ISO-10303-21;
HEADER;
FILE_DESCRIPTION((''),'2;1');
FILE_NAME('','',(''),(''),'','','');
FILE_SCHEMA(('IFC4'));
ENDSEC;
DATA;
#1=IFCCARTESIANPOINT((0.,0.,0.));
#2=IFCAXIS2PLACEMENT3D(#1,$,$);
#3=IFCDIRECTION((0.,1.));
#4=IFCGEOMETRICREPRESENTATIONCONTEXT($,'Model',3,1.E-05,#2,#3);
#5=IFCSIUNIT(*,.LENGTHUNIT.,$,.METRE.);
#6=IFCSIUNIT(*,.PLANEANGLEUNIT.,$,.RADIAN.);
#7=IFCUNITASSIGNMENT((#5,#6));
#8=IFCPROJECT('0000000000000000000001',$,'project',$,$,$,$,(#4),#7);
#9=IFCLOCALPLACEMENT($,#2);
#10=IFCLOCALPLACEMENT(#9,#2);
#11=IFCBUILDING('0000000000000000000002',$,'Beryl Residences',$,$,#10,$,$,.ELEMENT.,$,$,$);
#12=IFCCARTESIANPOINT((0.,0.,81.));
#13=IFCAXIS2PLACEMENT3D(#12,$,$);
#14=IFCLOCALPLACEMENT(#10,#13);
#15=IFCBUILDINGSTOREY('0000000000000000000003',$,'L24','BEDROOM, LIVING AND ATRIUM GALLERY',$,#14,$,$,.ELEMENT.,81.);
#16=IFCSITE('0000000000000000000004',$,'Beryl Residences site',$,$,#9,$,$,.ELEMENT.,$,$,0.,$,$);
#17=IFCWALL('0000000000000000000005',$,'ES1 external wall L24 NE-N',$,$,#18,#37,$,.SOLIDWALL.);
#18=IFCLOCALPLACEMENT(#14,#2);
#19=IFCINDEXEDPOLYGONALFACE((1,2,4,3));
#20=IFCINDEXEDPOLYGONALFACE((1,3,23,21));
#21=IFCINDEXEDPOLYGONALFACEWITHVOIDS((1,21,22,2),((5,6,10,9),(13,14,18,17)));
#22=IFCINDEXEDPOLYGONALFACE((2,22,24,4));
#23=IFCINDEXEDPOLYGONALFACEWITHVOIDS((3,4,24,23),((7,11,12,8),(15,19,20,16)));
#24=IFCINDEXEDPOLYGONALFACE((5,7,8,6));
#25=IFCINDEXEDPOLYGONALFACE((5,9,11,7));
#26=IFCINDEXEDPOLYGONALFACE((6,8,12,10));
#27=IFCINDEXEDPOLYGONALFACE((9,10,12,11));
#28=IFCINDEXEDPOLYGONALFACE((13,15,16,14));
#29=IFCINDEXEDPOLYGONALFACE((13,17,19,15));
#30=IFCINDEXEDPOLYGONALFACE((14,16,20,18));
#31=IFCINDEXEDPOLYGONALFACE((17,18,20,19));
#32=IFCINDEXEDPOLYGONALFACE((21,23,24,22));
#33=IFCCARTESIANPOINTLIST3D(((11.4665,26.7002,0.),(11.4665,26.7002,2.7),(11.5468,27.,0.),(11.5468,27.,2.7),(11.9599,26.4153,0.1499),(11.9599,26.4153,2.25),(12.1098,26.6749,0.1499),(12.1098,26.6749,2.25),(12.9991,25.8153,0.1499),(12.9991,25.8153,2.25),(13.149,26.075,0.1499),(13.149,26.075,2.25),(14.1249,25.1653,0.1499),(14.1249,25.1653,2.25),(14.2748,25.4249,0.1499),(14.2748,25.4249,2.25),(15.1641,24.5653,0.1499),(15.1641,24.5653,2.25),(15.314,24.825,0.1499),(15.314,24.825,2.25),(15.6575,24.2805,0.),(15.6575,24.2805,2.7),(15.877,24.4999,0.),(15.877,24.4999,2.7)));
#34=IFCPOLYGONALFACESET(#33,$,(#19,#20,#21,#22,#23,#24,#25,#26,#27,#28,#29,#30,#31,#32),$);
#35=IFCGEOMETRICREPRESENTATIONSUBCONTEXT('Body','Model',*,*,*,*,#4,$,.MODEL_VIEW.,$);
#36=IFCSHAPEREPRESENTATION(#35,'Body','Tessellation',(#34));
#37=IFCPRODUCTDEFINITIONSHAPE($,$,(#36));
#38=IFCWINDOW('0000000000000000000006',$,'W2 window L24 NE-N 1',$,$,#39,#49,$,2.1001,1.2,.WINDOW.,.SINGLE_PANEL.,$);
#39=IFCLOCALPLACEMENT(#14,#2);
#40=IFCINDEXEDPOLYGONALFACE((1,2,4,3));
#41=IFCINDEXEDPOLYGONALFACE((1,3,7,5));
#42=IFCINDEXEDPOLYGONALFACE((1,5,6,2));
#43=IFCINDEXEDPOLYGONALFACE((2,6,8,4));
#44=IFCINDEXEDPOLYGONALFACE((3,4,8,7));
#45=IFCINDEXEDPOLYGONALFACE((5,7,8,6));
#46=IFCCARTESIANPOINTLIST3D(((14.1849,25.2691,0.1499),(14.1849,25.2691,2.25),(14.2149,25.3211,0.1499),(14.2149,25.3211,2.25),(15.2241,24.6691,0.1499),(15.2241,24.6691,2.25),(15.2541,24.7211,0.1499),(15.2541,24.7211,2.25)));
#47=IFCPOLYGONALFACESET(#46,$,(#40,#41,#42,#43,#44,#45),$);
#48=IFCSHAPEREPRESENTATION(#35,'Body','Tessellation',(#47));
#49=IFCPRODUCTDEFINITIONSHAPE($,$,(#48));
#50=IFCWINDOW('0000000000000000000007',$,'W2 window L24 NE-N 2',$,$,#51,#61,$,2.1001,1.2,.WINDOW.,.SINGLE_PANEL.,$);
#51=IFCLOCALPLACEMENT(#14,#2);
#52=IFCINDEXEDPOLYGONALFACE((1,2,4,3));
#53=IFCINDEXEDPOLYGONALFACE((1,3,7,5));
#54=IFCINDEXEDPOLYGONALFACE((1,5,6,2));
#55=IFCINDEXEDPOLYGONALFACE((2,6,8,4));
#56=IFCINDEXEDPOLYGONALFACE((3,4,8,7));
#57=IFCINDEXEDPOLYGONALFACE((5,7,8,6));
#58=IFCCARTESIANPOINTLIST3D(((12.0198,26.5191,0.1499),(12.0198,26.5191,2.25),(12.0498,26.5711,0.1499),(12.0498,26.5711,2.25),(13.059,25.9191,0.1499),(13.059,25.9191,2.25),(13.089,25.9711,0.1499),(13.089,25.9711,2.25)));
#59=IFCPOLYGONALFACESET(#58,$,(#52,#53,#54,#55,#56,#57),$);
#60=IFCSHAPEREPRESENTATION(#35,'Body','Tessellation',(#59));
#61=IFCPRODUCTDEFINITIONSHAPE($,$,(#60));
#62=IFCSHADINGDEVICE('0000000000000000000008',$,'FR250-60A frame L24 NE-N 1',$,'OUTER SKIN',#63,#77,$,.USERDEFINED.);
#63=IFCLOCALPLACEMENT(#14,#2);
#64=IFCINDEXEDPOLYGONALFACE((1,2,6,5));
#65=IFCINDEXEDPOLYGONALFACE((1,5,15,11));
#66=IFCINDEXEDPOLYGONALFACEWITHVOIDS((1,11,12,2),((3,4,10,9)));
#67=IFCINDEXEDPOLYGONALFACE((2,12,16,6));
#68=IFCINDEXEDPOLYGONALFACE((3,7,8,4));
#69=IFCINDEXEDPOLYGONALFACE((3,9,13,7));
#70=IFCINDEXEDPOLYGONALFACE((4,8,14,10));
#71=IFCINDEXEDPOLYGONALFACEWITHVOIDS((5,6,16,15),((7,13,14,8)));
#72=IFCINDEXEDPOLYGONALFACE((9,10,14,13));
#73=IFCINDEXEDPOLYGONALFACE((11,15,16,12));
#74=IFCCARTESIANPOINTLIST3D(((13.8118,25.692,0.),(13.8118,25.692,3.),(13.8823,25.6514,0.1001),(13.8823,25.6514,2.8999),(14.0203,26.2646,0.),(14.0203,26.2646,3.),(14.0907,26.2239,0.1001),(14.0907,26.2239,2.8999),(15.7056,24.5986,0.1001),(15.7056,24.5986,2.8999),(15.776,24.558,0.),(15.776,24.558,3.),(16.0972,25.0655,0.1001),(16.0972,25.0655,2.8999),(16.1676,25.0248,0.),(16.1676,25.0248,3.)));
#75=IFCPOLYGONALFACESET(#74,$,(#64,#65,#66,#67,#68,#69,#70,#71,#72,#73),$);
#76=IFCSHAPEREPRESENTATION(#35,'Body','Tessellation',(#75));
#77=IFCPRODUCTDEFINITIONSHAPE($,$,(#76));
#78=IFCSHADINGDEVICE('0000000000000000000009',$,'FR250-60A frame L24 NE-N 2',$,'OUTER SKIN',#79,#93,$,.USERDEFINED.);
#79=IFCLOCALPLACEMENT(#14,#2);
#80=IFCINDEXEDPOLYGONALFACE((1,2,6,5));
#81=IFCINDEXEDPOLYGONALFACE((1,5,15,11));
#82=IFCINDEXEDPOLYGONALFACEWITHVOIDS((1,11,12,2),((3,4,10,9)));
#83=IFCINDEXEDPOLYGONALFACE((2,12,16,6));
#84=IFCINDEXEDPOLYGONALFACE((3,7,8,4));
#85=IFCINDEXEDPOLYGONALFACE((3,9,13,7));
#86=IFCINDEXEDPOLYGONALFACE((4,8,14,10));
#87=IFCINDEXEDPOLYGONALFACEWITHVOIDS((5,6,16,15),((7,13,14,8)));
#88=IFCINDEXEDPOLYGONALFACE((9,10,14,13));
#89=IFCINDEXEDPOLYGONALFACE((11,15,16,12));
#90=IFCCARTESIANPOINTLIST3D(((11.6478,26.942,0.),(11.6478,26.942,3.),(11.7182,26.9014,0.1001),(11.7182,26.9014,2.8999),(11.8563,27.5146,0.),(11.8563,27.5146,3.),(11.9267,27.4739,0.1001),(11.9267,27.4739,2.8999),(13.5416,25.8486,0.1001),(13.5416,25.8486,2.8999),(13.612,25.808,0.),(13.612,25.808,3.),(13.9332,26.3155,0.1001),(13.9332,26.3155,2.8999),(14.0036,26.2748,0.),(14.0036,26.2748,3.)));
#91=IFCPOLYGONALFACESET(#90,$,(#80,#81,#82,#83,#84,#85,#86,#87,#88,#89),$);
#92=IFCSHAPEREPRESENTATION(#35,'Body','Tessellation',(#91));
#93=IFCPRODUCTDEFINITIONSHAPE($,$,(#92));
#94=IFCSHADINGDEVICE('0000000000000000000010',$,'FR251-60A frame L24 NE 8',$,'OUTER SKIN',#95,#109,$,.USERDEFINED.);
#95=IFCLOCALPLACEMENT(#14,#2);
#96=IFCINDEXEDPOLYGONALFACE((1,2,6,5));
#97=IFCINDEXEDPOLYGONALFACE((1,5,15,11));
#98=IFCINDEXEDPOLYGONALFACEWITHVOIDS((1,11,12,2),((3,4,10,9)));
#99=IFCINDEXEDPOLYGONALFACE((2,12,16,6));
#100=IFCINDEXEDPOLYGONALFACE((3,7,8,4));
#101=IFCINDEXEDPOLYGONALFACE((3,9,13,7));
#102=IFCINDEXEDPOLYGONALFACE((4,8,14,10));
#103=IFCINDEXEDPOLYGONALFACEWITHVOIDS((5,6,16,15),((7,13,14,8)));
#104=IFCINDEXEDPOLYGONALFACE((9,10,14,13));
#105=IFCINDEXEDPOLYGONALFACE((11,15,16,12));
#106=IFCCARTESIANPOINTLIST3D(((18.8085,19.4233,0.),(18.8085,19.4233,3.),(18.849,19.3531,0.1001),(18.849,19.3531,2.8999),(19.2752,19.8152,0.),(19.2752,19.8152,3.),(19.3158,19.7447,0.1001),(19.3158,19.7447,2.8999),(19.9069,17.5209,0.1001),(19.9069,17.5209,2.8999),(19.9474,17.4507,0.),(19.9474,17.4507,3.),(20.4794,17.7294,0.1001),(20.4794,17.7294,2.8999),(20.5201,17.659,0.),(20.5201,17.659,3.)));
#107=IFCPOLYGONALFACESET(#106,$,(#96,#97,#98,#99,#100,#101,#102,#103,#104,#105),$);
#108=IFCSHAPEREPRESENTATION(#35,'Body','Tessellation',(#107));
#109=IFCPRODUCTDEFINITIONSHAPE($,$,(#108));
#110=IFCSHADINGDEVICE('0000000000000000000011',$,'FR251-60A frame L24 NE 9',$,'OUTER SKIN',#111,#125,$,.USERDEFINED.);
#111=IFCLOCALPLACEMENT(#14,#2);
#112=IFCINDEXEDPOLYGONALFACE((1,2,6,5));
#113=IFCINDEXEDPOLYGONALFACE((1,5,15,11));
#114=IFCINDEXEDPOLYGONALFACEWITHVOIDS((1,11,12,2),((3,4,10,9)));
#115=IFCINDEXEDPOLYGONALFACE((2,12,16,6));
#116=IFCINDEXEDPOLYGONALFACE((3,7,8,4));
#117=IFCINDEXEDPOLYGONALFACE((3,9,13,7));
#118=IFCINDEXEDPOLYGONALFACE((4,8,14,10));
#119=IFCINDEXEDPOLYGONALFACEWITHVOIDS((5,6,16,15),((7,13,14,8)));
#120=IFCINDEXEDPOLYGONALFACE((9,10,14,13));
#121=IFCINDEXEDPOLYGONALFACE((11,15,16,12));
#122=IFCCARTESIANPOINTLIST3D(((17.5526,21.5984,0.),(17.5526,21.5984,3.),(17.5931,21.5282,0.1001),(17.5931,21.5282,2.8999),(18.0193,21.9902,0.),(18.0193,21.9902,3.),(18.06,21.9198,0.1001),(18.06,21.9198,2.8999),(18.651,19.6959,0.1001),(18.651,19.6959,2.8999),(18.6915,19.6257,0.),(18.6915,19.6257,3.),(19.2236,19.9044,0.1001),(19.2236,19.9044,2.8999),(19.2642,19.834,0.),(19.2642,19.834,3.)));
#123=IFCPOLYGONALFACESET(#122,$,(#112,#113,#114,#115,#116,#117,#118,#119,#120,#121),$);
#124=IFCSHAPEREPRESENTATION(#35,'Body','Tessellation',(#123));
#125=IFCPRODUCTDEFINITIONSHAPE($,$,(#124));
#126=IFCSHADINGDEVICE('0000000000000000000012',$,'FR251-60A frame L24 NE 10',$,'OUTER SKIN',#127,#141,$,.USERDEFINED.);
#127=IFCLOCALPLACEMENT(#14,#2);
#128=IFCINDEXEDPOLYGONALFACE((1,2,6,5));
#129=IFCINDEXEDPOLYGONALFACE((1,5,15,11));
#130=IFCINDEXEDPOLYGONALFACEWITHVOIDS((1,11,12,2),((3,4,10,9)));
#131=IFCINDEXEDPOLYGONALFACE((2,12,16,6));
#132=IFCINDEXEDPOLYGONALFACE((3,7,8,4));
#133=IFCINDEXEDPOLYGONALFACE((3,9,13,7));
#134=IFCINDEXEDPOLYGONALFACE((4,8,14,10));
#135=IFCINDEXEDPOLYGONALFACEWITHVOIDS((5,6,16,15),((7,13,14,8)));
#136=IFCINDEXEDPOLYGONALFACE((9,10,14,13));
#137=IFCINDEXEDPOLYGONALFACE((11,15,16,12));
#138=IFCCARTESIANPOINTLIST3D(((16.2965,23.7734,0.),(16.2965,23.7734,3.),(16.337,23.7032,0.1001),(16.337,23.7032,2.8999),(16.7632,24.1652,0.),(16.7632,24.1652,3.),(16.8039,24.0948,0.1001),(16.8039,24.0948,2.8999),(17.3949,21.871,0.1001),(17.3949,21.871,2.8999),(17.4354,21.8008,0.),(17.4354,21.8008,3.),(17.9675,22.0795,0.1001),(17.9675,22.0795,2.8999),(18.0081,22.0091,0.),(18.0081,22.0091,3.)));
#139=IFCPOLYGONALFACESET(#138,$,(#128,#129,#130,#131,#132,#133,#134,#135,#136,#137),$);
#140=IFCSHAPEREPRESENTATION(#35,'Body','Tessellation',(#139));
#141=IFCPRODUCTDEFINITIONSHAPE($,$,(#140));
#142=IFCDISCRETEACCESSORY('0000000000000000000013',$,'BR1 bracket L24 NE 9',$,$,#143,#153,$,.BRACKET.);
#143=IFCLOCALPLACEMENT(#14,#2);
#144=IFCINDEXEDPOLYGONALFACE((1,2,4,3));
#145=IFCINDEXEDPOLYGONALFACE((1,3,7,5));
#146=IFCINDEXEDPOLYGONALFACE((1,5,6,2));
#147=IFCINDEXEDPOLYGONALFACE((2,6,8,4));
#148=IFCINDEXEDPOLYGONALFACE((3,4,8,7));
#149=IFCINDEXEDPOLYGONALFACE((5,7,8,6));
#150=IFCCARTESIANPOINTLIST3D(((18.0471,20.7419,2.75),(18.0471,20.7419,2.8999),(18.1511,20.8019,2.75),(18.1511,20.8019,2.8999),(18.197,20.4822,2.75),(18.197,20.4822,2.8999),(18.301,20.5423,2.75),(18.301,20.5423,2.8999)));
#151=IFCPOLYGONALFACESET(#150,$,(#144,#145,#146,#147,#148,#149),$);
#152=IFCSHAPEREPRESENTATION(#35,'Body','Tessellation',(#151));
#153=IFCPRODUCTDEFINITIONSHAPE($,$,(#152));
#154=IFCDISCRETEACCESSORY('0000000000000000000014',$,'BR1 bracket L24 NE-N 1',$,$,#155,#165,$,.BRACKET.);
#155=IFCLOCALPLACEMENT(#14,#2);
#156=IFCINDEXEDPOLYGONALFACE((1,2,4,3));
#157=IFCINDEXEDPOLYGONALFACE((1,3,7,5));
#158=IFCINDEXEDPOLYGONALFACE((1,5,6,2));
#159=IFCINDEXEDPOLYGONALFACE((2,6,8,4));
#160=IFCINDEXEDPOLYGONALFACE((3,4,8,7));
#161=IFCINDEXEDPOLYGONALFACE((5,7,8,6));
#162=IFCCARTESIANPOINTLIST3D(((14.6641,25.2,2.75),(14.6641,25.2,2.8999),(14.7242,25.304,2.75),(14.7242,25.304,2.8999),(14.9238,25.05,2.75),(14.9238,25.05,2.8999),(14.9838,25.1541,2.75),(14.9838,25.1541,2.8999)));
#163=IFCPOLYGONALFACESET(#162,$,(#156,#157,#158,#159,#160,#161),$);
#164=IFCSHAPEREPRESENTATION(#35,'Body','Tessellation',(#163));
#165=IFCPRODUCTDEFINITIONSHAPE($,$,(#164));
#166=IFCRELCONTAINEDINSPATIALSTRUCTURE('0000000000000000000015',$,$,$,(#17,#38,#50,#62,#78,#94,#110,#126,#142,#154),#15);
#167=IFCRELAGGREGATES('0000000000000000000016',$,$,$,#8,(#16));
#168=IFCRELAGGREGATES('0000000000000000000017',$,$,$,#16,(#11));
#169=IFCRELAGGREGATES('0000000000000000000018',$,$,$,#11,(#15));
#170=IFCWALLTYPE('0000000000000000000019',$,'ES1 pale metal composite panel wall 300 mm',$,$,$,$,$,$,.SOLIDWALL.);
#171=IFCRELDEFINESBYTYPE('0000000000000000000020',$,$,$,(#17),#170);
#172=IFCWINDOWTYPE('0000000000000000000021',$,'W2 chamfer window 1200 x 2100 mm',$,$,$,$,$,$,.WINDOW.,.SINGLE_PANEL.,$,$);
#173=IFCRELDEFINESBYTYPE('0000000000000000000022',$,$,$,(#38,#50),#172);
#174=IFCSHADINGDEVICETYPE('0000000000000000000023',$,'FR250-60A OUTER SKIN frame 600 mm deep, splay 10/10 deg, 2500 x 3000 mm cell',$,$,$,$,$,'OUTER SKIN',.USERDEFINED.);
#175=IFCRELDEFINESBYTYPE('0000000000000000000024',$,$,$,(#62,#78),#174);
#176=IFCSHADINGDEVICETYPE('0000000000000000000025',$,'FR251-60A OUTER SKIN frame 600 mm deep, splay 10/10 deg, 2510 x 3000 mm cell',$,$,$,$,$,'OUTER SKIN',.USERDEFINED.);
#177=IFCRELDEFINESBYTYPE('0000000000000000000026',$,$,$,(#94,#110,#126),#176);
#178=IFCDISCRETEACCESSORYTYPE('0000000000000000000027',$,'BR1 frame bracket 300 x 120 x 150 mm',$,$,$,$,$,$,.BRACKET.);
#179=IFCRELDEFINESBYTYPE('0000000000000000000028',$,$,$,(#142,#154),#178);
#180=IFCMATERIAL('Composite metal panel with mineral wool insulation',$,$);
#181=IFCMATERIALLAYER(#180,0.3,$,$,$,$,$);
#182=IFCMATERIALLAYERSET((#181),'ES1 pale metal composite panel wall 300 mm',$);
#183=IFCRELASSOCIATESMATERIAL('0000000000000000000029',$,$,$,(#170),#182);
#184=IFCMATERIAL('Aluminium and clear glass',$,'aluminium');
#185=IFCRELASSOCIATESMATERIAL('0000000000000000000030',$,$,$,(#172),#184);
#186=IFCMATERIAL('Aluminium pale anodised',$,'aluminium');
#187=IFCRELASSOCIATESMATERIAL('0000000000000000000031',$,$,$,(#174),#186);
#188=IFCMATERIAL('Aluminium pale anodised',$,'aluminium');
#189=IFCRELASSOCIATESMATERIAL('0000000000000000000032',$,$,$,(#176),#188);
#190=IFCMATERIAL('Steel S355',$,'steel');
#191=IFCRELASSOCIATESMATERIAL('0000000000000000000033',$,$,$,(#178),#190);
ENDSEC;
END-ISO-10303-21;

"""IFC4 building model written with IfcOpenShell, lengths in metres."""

from ifc_helpers import new_model, entity, si_unit, direction, frame, frame_2d, origin, place, context, subcontext, project, spatial, polyline, rectangle, outline, extrude, source, transform, mapped, material, layer, layer_set, type_object, type_shapes, element, fill, save


model = new_model("IFC4")

# Units and contexts
model_context = context("Model", 3, precision=1e-05, world=origin(), true_north=direction((0.0, 1.0)))
body_context = subcontext(model_context, "Body", "Model", "MODEL_VIEW")
ifc_project = project(units=[si_unit("LENGTHUNIT", "METRE"), si_unit("PLANEANGLEUNIT", "RADIAN")], contexts=[model_context])

# Site, building, storey
site_placement = place(None, origin())
site = spatial("IfcSite", under=ifc_project, at=site_placement, Name="Beryl Residences site", CompositionType="ELEMENT", RefElevation=0.0)
building_placement = place(site_placement, origin())
building = spatial("IfcBuilding", under=site, at=building_placement, Name="Beryl Residences", CompositionType="ELEMENT")
storey_placement = place(building_placement, frame((0.0, 0.0, 81.0)))
storey = spatial("IfcBuildingStorey", under=building, at=storey_placement, Name="L24", Description="BEDROOM, LIVING AND ATRIUM GALLERY", CompositionType="ELEMENT", Elevation=81.0)

# Wall, openings, windows
ifc_material_1 = material(Name="Composite metal panel with mineral wool insulation")
ifc_layer = layer(ifc_material_1, 0.3)
ifc_layer_set = layer_set([ifc_layer], Name="ES1 pale metal composite panel wall 300 mm")
wall_type = type_object("IfcWallType", Name="ES1 pale metal composite panel wall 300 mm", PredefinedType="SOLIDWALL", material=ifc_layer_set)
wall_1_placement = place(storey_placement, frame((15.802, 24.3701, 0.0), z_axis=(0.0, 0.0, 1.0), x_axis=(-0.866023, 0.500004, 0.0)))
wall_1 = element("IfcWall", 1, at=wall_1_placement, inside=storey, type_object=wall_type, Name="ES1 external wall L24 NE-N", PredefinedType="SOLIDWALL", context=body_context, shape_type="SweptSolid", body=[
    extrude(outline(polyline([(0.0, -0.1499), (5.0, -0.1499), (4.9197, 0.1499), (0.0803, 0.1499), (0.0, -0.1499)])), origin(), (0.0, 0.0, 1.0), 2.7),
])
opening_1_placement = place(wall_1_placement, frame((0.6499, 0.0, 0.1499)))
opening_1 = element("IfcOpeningElement", 2, at=opening_1_placement, cuts=wall_1, PredefinedType="OPENING", context=body_context, shape_type="SweptSolid", body=[
    extrude(rectangle(XDim=1.2, YDim=2.1001, at=frame_2d((0.6001, 1.05))), frame((0.0, 0.1599, 0.0), z_axis=(0.0, -1.0, 0.0), x_axis=(1.0, 0.0, 0.0)), (0.0, 0.0, 1.0), 0.3201),
])
opening_2_placement = place(wall_1_placement, frame((3.1499, 0.0, 0.1499)))
opening_2 = element("IfcOpeningElement", 3, at=opening_2_placement, cuts=wall_1, PredefinedType="OPENING", context=body_context, shape_type="SweptSolid", body=[
    extrude(rectangle(XDim=1.2, YDim=2.1001, at=frame_2d((0.6001, 1.05))), frame((0.0, 0.1599, 0.0), z_axis=(0.0, -1.0, 0.0), x_axis=(1.0, 0.0, 0.0)), (0.0, 0.0, 1.0), 0.3201),
])
ifc_material_2 = material(Name="Aluminium and clear glass", Category="aluminium")
window_type_1 = type_object("IfcWindowType", Name="W2 chamfer window 1200 x 2100 mm", PartitioningType="SINGLE_PANEL", PredefinedType="WINDOW", material=ifc_material_2)
window_1_placement = place(opening_1_placement, origin())
window_1 = element("IfcWindow", 4, at=window_1_placement, inside=storey, type_object=window_type_1, Name="W2 window L24 NE-N 1", OverallHeight=2.1001, OverallWidth=1.2, PartitioningType="SINGLE_PANEL", PredefinedType="WINDOW", context=body_context, shape_type="SweptSolid", body=[
    extrude(rectangle(XDim=1.2, YDim=2.1001, at=frame_2d((0.6001, 1.05))), frame((0.0, 0.03, 0.0), z_axis=(0.0, -1.0, 0.0), x_axis=(1.0, 0.0, 0.0)), (0.0, 0.0, 1.0), 0.0601),
])
fill(opening_1, window_1)
window_2_placement = place(opening_2_placement, origin())
window_2 = element("IfcWindow", 5, at=window_2_placement, inside=storey, type_object=window_type_1, Name="W2 window L24 NE-N 2", OverallHeight=2.1001, OverallWidth=1.2, PartitioningType="SINGLE_PANEL", PredefinedType="WINDOW", context=body_context, shape_type="SweptSolid", body=[
    extrude(rectangle(XDim=1.2, YDim=2.1001, at=frame_2d((0.6001, 1.05))), frame((0.0, 0.03, 0.0), z_axis=(0.0, -1.0, 0.0), x_axis=(1.0, 0.0, 0.0)), (0.0, 0.0, 1.0), 0.0601),
])
fill(opening_2, window_2)

# Shading devices
ifc_material_3 = material(Name="Aluminium pale anodised", Category="aluminium")
shading_device_type_1 = type_object("IfcShadingDeviceType", Name="FR250-60A OUTER SKIN frame 600 mm deep, splay 10/10 deg, 2500 x 3000 mm cell", ElementType="OUTER SKIN", PredefinedType="USERDEFINED", material=ifc_material_3)
cartesian_point_1 = entity("IfcCartesianPoint", [-1.134, 0.0])
cartesian_point_2 = entity("IfcCartesianPoint", [-1.0527, 0.1001])
cartesian_point_3 = entity("IfcCartesianPoint", [-1.2397, 0.0])
cartesian_point_4 = entity("IfcCartesianPoint", [-1.1584, 0.1001])
shared_shape_1 = source(origin(), body_context, "Body", "SweptSolid", [
    entity("IfcExtrudedAreaSolidTapered", entity("IfcArbitraryProfileDefWithVoids", "AREA", None, entity("IfcPolyline", [cartesian_point_1, entity("IfcCartesianPoint", [1.134, 0.0]), entity("IfcCartesianPoint", [1.134, 3.0]), entity("IfcCartesianPoint", [-1.134, 3.0]), cartesian_point_1]), [entity("IfcPolyline", [cartesian_point_2, entity("IfcCartesianPoint", [1.0527, 0.1001]), entity("IfcCartesianPoint", [1.0527, 2.8999]), entity("IfcCartesianPoint", [-1.0527, 2.8999]), cartesian_point_2])]), entity("IfcAxis2Placement3D", entity("IfcCartesianPoint", [0.0, 0.0, 0.0]), entity("IfcDirection", [0.0, 1.0, 0.0]), entity("IfcDirection", [-1.0, 0.0, 0.0])), entity("IfcDirection", [0.0, 0.0, 1.0]), 0.6001, entity("IfcArbitraryProfileDefWithVoids", "AREA", None, entity("IfcPolyline", [cartesian_point_3, entity("IfcCartesianPoint", [1.2397, 0.0]), entity("IfcCartesianPoint", [1.2397, 3.0]), entity("IfcCartesianPoint", [-1.2397, 3.0]), cartesian_point_3]), [entity("IfcPolyline", [cartesian_point_4, entity("IfcCartesianPoint", [1.1584, 0.1001]), entity("IfcCartesianPoint", [1.1584, 2.8999]), entity("IfcCartesianPoint", [-1.1584, 2.8999]), cartesian_point_4])])),
])
type_shapes(shading_device_type_1, [shared_shape_1])
for number, where, z_axis, x_axis, name in (
    (6, (14.7939, 25.125, 0.0), (0.0, 0.0, 1.0), (0.866025, -0.5, 0.0), "FR250-60A frame L24 NE-N 1"),
    (7, (12.6299, 26.375, 0.0), (0.0, 0.0, 1.0), (0.866025, -0.5, 0.0), "FR250-60A frame L24 NE-N 2"),
):
    element("IfcShadingDevice", number, at=place(storey_placement, frame(where, z_axis=z_axis, x_axis=x_axis)), inside=storey, type_object=shading_device_type_1, Name=name, ObjectType="OUTER SKIN", PredefinedType="USERDEFINED", context=body_context, shape_type="MappedRepresentation", body=[
        mapped(shared_shape_1, transform((0.0, 0.0, 0.0))),
    ])
ifc_material_4 = material(Name="Aluminium pale anodised", Category="aluminium")
shading_device_type_2 = type_object("IfcShadingDeviceType", Name="FR251-60A OUTER SKIN frame 600 mm deep, splay 10/10 deg, 2510 x 3000 mm cell", ElementType="OUTER SKIN", PredefinedType="USERDEFINED", material=ifc_material_4)
cartesian_point_5 = entity("IfcCartesianPoint", [-1.1389, 0.0])
cartesian_point_6 = entity("IfcCartesianPoint", [-1.0579, 0.1001])
cartesian_point_7 = entity("IfcCartesianPoint", [-1.2449, 0.0])
cartesian_point_8 = entity("IfcCartesianPoint", [-1.1636, 0.1001])
shared_shape_2 = source(origin(), body_context, "Body", "SweptSolid", [
    entity("IfcExtrudedAreaSolidTapered", entity("IfcArbitraryProfileDefWithVoids", "AREA", None, entity("IfcPolyline", [cartesian_point_5, entity("IfcCartesianPoint", [1.1389, 0.0]), entity("IfcCartesianPoint", [1.1389, 3.0]), entity("IfcCartesianPoint", [-1.1389, 3.0]), cartesian_point_5]), [entity("IfcPolyline", [cartesian_point_6, entity("IfcCartesianPoint", [1.0579, 0.1001]), entity("IfcCartesianPoint", [1.0579, 2.8999]), entity("IfcCartesianPoint", [-1.0579, 2.8999]), cartesian_point_6])]), entity("IfcAxis2Placement3D", entity("IfcCartesianPoint", [0.0, 0.0, 0.0]), entity("IfcDirection", [0.0, 1.0, 0.0]), entity("IfcDirection", [-1.0, 0.0, 0.0])), entity("IfcDirection", [0.0, 0.0, 1.0]), 0.6001, entity("IfcArbitraryProfileDefWithVoids", "AREA", None, entity("IfcPolyline", [cartesian_point_7, entity("IfcCartesianPoint", [1.2449, 0.0]), entity("IfcCartesianPoint", [1.2449, 3.0]), entity("IfcCartesianPoint", [-1.2449, 3.0]), cartesian_point_7]), [entity("IfcPolyline", [cartesian_point_8, entity("IfcCartesianPoint", [1.1636, 0.1001]), entity("IfcCartesianPoint", [1.1636, 2.8999]), entity("IfcCartesianPoint", [-1.1636, 2.8999]), cartesian_point_8])])),
])
type_shapes(shading_device_type_2, [shared_shape_2])
for number, where, z_axis, x_axis, name in (
    (8, (19.3779, 18.437, 0.0), (0.0, 0.0, 1.0), (0.5, -0.866025, 0.0), "FR251-60A frame L24 NE 8"),
    (9, (18.1221, 20.6121, 0.0), (0.0, 0.0, 1.0), (0.5, -0.866025, 0.0), "FR251-60A frame L24 NE 9"),
    (10, (16.866, 22.7871, 0.0), (0.0, 0.0, 1.0), (0.5, -0.866025, 0.0), "FR251-60A frame L24 NE 10"),
):
    element("IfcShadingDevice", number, at=place(storey_placement, frame(where, z_axis=z_axis, x_axis=x_axis)), inside=storey, type_object=shading_device_type_2, Name=name, ObjectType="OUTER SKIN", PredefinedType="USERDEFINED", context=body_context, shape_type="MappedRepresentation", body=[
        mapped(shared_shape_2, transform((0.0, 0.0, 0.0))),
    ])

# Discrete accessories
ifc_material_5 = material(Name="Steel S355", Category="steel")
discrete_accessory_type = type_object("IfcDiscreteAccessoryType", Name="BR1 frame bracket 300 x 120 x 150 mm", PredefinedType="BRACKET", material=ifc_material_5)
shared_shape_3 = source(origin(), body_context, "Body", "SweptSolid", [
    extrude(outline(polyline([(-0.1499, 0.0), (0.1499, 0.0), (0.1499, 0.1201), (-0.1499, 0.1201), (-0.1499, 0.0)])), origin(), (0.0, 0.0, 1.0), 0.1499),
])
type_shapes(discrete_accessory_type, [shared_shape_3])
for number, where, z_axis, x_axis, name in (
    (11, (18.1221, 20.6121, 2.75), (0.0, 0.0, 1.0), (0.5, -0.866025, 0.0), "BR1 bracket L24 NE 9"),
    (12, (14.7939, 25.125, 2.75), (0.0, 0.0, 1.0), (0.866025, -0.5, 0.0), "BR1 bracket L24 NE-N 1"),
):
    element("IfcDiscreteAccessory", number, at=place(storey_placement, frame(where, z_axis=z_axis, x_axis=x_axis)), inside=storey, type_object=discrete_accessory_type, Name=name, PredefinedType="BRACKET", context=body_context, shape_type="MappedRepresentation", body=[
        mapped(shared_shape_3, transform((0.0, 0.0, 0.0))),
    ])

save(model, "model.ifc")
